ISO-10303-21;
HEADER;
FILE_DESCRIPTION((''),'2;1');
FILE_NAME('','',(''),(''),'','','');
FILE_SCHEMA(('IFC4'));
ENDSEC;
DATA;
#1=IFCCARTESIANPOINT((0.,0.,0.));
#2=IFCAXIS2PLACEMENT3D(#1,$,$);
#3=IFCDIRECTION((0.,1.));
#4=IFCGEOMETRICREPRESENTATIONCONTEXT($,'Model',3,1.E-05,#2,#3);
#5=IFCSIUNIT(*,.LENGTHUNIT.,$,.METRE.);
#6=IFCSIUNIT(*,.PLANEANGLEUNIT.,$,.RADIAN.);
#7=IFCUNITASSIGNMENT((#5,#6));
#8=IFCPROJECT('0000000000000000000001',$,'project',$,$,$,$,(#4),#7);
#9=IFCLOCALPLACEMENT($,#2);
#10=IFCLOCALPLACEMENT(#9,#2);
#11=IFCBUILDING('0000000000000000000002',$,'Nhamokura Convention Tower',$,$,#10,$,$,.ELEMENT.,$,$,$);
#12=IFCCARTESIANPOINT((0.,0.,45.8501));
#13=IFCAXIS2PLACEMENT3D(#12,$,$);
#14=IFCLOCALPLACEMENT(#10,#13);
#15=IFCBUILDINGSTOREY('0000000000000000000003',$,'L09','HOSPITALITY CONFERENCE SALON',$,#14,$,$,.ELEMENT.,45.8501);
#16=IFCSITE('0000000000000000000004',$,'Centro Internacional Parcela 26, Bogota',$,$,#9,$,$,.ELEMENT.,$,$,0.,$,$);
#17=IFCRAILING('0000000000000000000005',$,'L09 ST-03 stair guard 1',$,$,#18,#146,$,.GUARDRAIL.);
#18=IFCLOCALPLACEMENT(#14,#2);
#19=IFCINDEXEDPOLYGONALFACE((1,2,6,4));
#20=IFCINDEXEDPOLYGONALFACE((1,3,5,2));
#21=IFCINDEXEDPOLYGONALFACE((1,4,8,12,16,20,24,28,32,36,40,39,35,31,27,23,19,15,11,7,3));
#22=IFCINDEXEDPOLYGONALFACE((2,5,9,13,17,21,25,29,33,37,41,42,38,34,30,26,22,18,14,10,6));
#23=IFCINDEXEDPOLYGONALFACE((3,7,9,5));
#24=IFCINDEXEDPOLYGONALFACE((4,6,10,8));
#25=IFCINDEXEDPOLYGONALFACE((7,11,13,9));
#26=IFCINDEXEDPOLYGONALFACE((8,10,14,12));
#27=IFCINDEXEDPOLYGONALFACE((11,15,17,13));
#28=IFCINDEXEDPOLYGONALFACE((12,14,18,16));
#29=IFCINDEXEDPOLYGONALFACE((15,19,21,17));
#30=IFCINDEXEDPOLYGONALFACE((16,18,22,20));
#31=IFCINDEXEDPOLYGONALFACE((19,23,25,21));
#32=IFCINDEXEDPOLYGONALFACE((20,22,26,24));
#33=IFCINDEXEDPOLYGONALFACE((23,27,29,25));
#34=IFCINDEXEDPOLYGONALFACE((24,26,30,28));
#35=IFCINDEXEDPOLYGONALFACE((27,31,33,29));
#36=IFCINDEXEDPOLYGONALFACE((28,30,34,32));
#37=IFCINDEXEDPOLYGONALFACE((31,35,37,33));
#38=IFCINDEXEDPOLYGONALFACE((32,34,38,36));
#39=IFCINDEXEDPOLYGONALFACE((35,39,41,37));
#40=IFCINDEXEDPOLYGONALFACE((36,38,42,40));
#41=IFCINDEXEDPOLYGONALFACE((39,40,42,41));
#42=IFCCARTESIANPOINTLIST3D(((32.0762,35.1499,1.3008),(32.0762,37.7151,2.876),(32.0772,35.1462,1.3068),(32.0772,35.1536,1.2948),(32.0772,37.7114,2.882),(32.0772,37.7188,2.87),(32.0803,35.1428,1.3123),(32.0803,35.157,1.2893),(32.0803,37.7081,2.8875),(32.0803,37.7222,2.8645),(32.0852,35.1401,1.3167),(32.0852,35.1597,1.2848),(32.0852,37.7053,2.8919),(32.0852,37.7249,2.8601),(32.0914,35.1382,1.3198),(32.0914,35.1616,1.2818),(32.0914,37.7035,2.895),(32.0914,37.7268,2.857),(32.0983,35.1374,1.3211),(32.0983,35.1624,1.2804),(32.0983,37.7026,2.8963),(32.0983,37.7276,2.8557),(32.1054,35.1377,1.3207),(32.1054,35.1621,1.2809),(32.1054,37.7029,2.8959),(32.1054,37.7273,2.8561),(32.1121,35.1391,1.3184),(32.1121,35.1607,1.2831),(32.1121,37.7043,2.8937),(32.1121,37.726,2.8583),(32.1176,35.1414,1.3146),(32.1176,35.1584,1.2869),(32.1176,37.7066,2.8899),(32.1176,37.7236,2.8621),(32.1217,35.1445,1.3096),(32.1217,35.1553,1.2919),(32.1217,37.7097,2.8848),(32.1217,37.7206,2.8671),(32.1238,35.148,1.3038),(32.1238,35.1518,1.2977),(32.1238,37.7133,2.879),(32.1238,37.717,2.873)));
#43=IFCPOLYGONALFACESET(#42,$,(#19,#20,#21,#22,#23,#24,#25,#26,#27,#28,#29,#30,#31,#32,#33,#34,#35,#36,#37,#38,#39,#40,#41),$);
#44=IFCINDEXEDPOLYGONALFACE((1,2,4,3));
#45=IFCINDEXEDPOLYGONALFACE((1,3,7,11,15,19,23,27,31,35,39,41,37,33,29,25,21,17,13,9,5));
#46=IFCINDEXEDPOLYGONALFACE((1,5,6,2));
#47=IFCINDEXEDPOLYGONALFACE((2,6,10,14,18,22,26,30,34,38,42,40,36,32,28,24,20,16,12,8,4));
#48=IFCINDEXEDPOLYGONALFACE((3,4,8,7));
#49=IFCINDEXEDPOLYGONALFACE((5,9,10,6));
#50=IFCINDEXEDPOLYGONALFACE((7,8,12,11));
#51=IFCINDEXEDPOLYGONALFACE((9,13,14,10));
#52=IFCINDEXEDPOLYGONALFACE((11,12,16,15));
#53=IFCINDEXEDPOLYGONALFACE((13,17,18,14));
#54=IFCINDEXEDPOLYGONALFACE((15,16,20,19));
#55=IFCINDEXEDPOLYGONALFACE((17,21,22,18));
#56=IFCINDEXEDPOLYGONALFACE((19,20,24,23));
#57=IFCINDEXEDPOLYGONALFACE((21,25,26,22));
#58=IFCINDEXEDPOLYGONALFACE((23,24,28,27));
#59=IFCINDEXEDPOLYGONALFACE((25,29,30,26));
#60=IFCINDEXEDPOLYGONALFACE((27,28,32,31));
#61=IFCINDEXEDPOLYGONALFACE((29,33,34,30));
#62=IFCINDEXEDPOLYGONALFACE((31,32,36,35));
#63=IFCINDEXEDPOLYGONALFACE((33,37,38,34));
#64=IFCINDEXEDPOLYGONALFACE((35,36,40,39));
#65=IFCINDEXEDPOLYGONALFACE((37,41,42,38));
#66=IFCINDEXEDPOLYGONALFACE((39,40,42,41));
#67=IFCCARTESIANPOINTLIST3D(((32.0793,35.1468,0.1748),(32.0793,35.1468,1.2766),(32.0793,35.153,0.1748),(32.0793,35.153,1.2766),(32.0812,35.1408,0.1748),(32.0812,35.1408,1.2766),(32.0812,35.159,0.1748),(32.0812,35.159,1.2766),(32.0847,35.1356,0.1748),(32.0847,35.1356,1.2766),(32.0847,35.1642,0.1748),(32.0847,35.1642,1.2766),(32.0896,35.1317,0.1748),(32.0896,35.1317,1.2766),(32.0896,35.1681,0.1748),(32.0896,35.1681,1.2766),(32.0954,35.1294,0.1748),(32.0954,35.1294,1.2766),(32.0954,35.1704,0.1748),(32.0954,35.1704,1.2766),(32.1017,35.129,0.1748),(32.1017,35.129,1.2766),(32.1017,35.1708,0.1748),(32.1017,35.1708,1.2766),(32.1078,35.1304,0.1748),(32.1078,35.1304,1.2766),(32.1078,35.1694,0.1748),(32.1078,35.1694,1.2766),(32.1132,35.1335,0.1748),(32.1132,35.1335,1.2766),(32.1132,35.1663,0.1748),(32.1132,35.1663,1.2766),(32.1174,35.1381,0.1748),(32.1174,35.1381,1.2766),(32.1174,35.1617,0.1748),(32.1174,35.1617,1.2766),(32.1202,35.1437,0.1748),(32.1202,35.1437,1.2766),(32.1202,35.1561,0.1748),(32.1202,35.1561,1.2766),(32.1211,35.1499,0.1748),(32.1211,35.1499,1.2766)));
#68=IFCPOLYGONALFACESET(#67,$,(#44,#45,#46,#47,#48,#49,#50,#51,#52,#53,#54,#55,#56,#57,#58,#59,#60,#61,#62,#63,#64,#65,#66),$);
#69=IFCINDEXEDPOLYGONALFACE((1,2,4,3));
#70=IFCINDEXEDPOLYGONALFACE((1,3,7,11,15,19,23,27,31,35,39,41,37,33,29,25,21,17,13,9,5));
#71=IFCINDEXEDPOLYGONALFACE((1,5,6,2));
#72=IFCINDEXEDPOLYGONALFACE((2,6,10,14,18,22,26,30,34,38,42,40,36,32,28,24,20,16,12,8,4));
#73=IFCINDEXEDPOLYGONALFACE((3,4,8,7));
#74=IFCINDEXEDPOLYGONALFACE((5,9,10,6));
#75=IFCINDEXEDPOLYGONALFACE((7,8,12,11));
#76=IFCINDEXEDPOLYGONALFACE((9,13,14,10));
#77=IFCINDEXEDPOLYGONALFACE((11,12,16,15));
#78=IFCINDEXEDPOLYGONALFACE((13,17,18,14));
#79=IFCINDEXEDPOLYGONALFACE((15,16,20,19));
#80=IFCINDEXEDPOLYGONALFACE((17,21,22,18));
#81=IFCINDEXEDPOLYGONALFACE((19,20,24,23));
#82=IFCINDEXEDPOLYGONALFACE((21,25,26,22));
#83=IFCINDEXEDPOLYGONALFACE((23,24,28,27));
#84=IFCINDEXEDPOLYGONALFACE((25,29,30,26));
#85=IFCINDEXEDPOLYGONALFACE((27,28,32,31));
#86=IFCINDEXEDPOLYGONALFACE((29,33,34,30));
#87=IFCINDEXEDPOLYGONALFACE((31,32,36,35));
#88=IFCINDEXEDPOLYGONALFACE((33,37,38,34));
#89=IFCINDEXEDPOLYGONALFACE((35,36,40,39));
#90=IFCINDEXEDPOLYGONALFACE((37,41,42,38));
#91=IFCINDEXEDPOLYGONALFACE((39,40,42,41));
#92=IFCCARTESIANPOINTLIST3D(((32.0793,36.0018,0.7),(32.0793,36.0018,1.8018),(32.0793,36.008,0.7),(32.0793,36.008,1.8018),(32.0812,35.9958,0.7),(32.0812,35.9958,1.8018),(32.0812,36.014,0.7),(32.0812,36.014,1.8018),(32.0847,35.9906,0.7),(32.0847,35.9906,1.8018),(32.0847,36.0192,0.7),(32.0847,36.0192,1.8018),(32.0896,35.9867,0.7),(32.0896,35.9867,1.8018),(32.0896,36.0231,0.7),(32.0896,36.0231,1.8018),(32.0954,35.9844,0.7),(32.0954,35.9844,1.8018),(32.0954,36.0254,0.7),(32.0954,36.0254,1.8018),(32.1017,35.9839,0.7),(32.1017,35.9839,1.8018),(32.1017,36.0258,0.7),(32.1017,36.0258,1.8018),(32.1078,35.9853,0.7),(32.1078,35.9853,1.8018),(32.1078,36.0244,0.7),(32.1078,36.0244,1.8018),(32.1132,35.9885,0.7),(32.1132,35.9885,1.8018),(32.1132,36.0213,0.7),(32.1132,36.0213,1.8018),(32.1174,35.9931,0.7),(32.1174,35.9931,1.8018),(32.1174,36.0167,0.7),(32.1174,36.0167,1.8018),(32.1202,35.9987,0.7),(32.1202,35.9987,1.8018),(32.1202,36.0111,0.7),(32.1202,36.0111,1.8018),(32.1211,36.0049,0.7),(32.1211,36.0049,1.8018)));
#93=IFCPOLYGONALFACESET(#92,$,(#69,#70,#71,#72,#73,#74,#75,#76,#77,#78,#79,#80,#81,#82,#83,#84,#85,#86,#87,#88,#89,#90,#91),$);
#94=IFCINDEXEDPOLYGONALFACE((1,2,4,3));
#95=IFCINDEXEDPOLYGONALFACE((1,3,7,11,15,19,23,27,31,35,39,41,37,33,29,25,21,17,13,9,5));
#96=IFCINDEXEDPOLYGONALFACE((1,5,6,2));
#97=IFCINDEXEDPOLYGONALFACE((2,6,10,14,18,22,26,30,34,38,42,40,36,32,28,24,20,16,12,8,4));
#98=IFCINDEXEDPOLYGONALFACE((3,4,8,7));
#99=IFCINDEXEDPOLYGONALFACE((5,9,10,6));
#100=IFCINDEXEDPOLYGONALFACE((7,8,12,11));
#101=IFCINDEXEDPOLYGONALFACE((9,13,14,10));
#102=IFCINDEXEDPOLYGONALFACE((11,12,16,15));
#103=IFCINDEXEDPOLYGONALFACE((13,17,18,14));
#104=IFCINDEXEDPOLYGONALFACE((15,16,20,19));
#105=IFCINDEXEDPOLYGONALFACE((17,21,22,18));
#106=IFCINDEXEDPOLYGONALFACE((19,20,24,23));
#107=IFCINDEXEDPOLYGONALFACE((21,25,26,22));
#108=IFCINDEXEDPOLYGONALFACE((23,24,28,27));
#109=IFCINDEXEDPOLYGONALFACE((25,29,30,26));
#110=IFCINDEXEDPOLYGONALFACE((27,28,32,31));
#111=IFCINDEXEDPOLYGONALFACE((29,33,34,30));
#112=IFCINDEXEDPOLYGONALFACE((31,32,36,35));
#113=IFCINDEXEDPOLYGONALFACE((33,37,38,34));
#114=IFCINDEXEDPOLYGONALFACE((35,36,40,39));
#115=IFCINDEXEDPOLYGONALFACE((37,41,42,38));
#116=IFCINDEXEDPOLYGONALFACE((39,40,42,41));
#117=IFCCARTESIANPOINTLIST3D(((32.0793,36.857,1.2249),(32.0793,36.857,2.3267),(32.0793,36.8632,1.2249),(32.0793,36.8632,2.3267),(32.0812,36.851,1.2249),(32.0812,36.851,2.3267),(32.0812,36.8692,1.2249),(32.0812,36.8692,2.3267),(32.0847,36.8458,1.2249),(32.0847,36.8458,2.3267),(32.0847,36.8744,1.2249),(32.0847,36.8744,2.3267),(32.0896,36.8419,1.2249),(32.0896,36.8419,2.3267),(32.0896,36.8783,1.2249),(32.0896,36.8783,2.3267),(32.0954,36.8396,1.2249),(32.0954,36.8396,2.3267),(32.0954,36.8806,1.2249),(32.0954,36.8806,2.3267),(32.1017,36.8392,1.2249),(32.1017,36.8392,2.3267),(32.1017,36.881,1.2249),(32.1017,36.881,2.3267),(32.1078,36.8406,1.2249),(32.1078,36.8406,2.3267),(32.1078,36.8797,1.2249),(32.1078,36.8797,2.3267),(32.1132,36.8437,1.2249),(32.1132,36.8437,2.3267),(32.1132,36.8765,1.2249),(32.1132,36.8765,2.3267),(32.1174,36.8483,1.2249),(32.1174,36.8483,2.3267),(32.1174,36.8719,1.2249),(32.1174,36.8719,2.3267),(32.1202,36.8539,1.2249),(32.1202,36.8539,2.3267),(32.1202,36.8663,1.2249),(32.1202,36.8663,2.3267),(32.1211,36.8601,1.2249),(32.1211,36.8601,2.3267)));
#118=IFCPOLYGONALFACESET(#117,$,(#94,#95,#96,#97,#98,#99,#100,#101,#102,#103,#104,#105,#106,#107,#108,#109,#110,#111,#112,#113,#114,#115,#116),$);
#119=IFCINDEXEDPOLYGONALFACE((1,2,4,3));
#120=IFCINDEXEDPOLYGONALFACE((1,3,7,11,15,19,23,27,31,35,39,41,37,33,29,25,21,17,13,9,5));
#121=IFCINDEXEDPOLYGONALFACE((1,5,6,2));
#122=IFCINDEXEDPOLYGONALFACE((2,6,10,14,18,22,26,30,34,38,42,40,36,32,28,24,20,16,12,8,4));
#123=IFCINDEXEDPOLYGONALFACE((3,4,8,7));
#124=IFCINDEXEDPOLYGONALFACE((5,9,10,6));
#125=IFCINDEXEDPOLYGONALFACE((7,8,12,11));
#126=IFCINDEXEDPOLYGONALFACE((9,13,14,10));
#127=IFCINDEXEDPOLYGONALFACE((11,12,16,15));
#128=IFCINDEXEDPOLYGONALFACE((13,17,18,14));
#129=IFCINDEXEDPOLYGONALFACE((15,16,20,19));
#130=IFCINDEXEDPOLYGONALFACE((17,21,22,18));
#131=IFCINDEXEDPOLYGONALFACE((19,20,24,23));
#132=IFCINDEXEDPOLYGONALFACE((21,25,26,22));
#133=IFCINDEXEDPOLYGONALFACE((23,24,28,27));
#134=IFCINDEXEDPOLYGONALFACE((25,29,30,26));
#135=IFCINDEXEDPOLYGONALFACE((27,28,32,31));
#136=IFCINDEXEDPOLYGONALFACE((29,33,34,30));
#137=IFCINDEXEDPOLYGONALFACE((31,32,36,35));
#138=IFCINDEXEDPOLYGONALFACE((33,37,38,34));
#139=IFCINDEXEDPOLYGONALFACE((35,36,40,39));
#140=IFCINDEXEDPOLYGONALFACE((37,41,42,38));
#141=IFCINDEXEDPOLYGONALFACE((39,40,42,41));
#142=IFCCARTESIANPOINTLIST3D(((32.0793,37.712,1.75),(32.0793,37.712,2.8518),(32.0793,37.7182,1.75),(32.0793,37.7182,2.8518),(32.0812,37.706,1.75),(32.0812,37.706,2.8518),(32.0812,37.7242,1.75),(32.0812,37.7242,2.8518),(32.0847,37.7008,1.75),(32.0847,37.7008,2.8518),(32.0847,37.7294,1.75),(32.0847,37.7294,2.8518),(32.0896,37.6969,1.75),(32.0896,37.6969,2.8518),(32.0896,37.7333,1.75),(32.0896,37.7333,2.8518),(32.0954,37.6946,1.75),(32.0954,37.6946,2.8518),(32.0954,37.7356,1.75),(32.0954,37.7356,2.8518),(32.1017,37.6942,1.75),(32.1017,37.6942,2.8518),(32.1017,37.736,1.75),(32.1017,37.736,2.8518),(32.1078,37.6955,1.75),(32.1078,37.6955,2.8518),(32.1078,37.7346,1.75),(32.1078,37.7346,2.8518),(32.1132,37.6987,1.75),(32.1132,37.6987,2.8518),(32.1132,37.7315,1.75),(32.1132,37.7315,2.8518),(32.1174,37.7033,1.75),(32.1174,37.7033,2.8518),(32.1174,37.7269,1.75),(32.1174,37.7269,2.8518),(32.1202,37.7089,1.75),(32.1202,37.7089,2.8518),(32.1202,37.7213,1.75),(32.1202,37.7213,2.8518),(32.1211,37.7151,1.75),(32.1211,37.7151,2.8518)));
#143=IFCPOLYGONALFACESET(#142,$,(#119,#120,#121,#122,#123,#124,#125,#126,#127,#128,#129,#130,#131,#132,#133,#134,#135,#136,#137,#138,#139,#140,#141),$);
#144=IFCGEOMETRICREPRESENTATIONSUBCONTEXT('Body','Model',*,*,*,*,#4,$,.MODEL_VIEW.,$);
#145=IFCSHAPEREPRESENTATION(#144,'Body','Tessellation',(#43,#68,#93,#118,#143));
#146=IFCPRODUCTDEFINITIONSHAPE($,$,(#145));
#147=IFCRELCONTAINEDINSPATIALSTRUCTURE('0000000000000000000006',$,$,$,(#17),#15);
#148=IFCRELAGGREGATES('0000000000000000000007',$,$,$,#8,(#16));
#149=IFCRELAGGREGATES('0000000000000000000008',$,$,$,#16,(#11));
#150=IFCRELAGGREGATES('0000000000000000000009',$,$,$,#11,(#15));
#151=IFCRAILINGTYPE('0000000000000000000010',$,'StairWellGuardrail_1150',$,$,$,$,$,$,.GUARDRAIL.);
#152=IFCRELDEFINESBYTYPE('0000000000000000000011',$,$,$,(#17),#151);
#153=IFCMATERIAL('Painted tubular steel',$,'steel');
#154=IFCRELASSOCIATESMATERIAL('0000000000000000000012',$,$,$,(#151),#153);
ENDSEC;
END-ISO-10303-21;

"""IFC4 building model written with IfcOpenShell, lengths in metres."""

from ifc_helpers import new_model, si_unit, direction, frame, origin, origin_2d, place, context, subcontext, project, spatial, circle, extrude, material, type_object, element, save


model = new_model("IFC4")

# Units and contexts
model_context = context("Model", 3, precision=1e-05, world=origin(), true_north=direction((0.0, 1.0)))
body_context = subcontext(model_context, "Body", "Model", "MODEL_VIEW")
ifc_project = project(units=[si_unit("LENGTHUNIT", "METRE"), si_unit("PLANEANGLEUNIT", "RADIAN")], contexts=[model_context])

# Site, building, storey
site_placement = place(None, origin())
site = spatial("IfcSite", under=ifc_project, at=site_placement, Name="Centro Internacional Parcela 26, Bogota", CompositionType="ELEMENT", RefElevation=0.0)
building_placement = place(site_placement, origin())
building = spatial("IfcBuilding", under=site, at=building_placement, Name="Nhamokura Convention Tower", CompositionType="ELEMENT")
storey_placement = place(building_placement, frame((0.0, 0.0, 45.8501)))
storey = spatial("IfcBuildingStorey", under=building, at=storey_placement, Name="L09", Description="HOSPITALITY CONFERENCE SALON", CompositionType="ELEMENT", Elevation=45.8501)

# Railing
ifc_material_1 = material(Name="Painted tubular steel", Category="steel")
railing_type_1 = type_object("IfcRailingType", Name="StairWellGuardrail_1150", PredefinedType="GUARDRAIL", material=ifc_material_1)
railing_1_placement = place(storey_placement, frame((32.1001, 35.1499, 0.1748)))
element("IfcRailing", 1, at=railing_1_placement, inside=storey, type_object=railing_type_1, Name="L09 ST-03 stair guard 1", PredefinedType="GUARDRAIL", context=body_context, shape_type="SweptSolid", body=[
    extrude(circle(Radius=0.0239, at=origin_2d()), frame((0.0, 0.0, 1.126), z_axis=(0.0, 0.852159, 0.523283), x_axis=(-1.0, 0.0, 0.0)), (0.0, 0.0, 1.0), 3.0103),
    extrude(circle(Radius=0.021, at=origin_2d()), origin(), (0.0, 0.0, 1.0), 1.1018),
    extrude(circle(Radius=0.021, at=origin_2d()), frame((0.0, 0.855, 0.5251)), (0.0, 0.0, 1.0), 1.1018),
    extrude(circle(Radius=0.021, at=origin_2d()), frame((0.0, 1.7102, 1.05)), (0.0, 0.0, 1.0), 1.1018),
    extrude(circle(Radius=0.021, at=origin_2d()), frame((0.0, 2.5652, 1.5752)), (0.0, 0.0, 1.0), 1.1018),
])

save(model, "model.ifc")
